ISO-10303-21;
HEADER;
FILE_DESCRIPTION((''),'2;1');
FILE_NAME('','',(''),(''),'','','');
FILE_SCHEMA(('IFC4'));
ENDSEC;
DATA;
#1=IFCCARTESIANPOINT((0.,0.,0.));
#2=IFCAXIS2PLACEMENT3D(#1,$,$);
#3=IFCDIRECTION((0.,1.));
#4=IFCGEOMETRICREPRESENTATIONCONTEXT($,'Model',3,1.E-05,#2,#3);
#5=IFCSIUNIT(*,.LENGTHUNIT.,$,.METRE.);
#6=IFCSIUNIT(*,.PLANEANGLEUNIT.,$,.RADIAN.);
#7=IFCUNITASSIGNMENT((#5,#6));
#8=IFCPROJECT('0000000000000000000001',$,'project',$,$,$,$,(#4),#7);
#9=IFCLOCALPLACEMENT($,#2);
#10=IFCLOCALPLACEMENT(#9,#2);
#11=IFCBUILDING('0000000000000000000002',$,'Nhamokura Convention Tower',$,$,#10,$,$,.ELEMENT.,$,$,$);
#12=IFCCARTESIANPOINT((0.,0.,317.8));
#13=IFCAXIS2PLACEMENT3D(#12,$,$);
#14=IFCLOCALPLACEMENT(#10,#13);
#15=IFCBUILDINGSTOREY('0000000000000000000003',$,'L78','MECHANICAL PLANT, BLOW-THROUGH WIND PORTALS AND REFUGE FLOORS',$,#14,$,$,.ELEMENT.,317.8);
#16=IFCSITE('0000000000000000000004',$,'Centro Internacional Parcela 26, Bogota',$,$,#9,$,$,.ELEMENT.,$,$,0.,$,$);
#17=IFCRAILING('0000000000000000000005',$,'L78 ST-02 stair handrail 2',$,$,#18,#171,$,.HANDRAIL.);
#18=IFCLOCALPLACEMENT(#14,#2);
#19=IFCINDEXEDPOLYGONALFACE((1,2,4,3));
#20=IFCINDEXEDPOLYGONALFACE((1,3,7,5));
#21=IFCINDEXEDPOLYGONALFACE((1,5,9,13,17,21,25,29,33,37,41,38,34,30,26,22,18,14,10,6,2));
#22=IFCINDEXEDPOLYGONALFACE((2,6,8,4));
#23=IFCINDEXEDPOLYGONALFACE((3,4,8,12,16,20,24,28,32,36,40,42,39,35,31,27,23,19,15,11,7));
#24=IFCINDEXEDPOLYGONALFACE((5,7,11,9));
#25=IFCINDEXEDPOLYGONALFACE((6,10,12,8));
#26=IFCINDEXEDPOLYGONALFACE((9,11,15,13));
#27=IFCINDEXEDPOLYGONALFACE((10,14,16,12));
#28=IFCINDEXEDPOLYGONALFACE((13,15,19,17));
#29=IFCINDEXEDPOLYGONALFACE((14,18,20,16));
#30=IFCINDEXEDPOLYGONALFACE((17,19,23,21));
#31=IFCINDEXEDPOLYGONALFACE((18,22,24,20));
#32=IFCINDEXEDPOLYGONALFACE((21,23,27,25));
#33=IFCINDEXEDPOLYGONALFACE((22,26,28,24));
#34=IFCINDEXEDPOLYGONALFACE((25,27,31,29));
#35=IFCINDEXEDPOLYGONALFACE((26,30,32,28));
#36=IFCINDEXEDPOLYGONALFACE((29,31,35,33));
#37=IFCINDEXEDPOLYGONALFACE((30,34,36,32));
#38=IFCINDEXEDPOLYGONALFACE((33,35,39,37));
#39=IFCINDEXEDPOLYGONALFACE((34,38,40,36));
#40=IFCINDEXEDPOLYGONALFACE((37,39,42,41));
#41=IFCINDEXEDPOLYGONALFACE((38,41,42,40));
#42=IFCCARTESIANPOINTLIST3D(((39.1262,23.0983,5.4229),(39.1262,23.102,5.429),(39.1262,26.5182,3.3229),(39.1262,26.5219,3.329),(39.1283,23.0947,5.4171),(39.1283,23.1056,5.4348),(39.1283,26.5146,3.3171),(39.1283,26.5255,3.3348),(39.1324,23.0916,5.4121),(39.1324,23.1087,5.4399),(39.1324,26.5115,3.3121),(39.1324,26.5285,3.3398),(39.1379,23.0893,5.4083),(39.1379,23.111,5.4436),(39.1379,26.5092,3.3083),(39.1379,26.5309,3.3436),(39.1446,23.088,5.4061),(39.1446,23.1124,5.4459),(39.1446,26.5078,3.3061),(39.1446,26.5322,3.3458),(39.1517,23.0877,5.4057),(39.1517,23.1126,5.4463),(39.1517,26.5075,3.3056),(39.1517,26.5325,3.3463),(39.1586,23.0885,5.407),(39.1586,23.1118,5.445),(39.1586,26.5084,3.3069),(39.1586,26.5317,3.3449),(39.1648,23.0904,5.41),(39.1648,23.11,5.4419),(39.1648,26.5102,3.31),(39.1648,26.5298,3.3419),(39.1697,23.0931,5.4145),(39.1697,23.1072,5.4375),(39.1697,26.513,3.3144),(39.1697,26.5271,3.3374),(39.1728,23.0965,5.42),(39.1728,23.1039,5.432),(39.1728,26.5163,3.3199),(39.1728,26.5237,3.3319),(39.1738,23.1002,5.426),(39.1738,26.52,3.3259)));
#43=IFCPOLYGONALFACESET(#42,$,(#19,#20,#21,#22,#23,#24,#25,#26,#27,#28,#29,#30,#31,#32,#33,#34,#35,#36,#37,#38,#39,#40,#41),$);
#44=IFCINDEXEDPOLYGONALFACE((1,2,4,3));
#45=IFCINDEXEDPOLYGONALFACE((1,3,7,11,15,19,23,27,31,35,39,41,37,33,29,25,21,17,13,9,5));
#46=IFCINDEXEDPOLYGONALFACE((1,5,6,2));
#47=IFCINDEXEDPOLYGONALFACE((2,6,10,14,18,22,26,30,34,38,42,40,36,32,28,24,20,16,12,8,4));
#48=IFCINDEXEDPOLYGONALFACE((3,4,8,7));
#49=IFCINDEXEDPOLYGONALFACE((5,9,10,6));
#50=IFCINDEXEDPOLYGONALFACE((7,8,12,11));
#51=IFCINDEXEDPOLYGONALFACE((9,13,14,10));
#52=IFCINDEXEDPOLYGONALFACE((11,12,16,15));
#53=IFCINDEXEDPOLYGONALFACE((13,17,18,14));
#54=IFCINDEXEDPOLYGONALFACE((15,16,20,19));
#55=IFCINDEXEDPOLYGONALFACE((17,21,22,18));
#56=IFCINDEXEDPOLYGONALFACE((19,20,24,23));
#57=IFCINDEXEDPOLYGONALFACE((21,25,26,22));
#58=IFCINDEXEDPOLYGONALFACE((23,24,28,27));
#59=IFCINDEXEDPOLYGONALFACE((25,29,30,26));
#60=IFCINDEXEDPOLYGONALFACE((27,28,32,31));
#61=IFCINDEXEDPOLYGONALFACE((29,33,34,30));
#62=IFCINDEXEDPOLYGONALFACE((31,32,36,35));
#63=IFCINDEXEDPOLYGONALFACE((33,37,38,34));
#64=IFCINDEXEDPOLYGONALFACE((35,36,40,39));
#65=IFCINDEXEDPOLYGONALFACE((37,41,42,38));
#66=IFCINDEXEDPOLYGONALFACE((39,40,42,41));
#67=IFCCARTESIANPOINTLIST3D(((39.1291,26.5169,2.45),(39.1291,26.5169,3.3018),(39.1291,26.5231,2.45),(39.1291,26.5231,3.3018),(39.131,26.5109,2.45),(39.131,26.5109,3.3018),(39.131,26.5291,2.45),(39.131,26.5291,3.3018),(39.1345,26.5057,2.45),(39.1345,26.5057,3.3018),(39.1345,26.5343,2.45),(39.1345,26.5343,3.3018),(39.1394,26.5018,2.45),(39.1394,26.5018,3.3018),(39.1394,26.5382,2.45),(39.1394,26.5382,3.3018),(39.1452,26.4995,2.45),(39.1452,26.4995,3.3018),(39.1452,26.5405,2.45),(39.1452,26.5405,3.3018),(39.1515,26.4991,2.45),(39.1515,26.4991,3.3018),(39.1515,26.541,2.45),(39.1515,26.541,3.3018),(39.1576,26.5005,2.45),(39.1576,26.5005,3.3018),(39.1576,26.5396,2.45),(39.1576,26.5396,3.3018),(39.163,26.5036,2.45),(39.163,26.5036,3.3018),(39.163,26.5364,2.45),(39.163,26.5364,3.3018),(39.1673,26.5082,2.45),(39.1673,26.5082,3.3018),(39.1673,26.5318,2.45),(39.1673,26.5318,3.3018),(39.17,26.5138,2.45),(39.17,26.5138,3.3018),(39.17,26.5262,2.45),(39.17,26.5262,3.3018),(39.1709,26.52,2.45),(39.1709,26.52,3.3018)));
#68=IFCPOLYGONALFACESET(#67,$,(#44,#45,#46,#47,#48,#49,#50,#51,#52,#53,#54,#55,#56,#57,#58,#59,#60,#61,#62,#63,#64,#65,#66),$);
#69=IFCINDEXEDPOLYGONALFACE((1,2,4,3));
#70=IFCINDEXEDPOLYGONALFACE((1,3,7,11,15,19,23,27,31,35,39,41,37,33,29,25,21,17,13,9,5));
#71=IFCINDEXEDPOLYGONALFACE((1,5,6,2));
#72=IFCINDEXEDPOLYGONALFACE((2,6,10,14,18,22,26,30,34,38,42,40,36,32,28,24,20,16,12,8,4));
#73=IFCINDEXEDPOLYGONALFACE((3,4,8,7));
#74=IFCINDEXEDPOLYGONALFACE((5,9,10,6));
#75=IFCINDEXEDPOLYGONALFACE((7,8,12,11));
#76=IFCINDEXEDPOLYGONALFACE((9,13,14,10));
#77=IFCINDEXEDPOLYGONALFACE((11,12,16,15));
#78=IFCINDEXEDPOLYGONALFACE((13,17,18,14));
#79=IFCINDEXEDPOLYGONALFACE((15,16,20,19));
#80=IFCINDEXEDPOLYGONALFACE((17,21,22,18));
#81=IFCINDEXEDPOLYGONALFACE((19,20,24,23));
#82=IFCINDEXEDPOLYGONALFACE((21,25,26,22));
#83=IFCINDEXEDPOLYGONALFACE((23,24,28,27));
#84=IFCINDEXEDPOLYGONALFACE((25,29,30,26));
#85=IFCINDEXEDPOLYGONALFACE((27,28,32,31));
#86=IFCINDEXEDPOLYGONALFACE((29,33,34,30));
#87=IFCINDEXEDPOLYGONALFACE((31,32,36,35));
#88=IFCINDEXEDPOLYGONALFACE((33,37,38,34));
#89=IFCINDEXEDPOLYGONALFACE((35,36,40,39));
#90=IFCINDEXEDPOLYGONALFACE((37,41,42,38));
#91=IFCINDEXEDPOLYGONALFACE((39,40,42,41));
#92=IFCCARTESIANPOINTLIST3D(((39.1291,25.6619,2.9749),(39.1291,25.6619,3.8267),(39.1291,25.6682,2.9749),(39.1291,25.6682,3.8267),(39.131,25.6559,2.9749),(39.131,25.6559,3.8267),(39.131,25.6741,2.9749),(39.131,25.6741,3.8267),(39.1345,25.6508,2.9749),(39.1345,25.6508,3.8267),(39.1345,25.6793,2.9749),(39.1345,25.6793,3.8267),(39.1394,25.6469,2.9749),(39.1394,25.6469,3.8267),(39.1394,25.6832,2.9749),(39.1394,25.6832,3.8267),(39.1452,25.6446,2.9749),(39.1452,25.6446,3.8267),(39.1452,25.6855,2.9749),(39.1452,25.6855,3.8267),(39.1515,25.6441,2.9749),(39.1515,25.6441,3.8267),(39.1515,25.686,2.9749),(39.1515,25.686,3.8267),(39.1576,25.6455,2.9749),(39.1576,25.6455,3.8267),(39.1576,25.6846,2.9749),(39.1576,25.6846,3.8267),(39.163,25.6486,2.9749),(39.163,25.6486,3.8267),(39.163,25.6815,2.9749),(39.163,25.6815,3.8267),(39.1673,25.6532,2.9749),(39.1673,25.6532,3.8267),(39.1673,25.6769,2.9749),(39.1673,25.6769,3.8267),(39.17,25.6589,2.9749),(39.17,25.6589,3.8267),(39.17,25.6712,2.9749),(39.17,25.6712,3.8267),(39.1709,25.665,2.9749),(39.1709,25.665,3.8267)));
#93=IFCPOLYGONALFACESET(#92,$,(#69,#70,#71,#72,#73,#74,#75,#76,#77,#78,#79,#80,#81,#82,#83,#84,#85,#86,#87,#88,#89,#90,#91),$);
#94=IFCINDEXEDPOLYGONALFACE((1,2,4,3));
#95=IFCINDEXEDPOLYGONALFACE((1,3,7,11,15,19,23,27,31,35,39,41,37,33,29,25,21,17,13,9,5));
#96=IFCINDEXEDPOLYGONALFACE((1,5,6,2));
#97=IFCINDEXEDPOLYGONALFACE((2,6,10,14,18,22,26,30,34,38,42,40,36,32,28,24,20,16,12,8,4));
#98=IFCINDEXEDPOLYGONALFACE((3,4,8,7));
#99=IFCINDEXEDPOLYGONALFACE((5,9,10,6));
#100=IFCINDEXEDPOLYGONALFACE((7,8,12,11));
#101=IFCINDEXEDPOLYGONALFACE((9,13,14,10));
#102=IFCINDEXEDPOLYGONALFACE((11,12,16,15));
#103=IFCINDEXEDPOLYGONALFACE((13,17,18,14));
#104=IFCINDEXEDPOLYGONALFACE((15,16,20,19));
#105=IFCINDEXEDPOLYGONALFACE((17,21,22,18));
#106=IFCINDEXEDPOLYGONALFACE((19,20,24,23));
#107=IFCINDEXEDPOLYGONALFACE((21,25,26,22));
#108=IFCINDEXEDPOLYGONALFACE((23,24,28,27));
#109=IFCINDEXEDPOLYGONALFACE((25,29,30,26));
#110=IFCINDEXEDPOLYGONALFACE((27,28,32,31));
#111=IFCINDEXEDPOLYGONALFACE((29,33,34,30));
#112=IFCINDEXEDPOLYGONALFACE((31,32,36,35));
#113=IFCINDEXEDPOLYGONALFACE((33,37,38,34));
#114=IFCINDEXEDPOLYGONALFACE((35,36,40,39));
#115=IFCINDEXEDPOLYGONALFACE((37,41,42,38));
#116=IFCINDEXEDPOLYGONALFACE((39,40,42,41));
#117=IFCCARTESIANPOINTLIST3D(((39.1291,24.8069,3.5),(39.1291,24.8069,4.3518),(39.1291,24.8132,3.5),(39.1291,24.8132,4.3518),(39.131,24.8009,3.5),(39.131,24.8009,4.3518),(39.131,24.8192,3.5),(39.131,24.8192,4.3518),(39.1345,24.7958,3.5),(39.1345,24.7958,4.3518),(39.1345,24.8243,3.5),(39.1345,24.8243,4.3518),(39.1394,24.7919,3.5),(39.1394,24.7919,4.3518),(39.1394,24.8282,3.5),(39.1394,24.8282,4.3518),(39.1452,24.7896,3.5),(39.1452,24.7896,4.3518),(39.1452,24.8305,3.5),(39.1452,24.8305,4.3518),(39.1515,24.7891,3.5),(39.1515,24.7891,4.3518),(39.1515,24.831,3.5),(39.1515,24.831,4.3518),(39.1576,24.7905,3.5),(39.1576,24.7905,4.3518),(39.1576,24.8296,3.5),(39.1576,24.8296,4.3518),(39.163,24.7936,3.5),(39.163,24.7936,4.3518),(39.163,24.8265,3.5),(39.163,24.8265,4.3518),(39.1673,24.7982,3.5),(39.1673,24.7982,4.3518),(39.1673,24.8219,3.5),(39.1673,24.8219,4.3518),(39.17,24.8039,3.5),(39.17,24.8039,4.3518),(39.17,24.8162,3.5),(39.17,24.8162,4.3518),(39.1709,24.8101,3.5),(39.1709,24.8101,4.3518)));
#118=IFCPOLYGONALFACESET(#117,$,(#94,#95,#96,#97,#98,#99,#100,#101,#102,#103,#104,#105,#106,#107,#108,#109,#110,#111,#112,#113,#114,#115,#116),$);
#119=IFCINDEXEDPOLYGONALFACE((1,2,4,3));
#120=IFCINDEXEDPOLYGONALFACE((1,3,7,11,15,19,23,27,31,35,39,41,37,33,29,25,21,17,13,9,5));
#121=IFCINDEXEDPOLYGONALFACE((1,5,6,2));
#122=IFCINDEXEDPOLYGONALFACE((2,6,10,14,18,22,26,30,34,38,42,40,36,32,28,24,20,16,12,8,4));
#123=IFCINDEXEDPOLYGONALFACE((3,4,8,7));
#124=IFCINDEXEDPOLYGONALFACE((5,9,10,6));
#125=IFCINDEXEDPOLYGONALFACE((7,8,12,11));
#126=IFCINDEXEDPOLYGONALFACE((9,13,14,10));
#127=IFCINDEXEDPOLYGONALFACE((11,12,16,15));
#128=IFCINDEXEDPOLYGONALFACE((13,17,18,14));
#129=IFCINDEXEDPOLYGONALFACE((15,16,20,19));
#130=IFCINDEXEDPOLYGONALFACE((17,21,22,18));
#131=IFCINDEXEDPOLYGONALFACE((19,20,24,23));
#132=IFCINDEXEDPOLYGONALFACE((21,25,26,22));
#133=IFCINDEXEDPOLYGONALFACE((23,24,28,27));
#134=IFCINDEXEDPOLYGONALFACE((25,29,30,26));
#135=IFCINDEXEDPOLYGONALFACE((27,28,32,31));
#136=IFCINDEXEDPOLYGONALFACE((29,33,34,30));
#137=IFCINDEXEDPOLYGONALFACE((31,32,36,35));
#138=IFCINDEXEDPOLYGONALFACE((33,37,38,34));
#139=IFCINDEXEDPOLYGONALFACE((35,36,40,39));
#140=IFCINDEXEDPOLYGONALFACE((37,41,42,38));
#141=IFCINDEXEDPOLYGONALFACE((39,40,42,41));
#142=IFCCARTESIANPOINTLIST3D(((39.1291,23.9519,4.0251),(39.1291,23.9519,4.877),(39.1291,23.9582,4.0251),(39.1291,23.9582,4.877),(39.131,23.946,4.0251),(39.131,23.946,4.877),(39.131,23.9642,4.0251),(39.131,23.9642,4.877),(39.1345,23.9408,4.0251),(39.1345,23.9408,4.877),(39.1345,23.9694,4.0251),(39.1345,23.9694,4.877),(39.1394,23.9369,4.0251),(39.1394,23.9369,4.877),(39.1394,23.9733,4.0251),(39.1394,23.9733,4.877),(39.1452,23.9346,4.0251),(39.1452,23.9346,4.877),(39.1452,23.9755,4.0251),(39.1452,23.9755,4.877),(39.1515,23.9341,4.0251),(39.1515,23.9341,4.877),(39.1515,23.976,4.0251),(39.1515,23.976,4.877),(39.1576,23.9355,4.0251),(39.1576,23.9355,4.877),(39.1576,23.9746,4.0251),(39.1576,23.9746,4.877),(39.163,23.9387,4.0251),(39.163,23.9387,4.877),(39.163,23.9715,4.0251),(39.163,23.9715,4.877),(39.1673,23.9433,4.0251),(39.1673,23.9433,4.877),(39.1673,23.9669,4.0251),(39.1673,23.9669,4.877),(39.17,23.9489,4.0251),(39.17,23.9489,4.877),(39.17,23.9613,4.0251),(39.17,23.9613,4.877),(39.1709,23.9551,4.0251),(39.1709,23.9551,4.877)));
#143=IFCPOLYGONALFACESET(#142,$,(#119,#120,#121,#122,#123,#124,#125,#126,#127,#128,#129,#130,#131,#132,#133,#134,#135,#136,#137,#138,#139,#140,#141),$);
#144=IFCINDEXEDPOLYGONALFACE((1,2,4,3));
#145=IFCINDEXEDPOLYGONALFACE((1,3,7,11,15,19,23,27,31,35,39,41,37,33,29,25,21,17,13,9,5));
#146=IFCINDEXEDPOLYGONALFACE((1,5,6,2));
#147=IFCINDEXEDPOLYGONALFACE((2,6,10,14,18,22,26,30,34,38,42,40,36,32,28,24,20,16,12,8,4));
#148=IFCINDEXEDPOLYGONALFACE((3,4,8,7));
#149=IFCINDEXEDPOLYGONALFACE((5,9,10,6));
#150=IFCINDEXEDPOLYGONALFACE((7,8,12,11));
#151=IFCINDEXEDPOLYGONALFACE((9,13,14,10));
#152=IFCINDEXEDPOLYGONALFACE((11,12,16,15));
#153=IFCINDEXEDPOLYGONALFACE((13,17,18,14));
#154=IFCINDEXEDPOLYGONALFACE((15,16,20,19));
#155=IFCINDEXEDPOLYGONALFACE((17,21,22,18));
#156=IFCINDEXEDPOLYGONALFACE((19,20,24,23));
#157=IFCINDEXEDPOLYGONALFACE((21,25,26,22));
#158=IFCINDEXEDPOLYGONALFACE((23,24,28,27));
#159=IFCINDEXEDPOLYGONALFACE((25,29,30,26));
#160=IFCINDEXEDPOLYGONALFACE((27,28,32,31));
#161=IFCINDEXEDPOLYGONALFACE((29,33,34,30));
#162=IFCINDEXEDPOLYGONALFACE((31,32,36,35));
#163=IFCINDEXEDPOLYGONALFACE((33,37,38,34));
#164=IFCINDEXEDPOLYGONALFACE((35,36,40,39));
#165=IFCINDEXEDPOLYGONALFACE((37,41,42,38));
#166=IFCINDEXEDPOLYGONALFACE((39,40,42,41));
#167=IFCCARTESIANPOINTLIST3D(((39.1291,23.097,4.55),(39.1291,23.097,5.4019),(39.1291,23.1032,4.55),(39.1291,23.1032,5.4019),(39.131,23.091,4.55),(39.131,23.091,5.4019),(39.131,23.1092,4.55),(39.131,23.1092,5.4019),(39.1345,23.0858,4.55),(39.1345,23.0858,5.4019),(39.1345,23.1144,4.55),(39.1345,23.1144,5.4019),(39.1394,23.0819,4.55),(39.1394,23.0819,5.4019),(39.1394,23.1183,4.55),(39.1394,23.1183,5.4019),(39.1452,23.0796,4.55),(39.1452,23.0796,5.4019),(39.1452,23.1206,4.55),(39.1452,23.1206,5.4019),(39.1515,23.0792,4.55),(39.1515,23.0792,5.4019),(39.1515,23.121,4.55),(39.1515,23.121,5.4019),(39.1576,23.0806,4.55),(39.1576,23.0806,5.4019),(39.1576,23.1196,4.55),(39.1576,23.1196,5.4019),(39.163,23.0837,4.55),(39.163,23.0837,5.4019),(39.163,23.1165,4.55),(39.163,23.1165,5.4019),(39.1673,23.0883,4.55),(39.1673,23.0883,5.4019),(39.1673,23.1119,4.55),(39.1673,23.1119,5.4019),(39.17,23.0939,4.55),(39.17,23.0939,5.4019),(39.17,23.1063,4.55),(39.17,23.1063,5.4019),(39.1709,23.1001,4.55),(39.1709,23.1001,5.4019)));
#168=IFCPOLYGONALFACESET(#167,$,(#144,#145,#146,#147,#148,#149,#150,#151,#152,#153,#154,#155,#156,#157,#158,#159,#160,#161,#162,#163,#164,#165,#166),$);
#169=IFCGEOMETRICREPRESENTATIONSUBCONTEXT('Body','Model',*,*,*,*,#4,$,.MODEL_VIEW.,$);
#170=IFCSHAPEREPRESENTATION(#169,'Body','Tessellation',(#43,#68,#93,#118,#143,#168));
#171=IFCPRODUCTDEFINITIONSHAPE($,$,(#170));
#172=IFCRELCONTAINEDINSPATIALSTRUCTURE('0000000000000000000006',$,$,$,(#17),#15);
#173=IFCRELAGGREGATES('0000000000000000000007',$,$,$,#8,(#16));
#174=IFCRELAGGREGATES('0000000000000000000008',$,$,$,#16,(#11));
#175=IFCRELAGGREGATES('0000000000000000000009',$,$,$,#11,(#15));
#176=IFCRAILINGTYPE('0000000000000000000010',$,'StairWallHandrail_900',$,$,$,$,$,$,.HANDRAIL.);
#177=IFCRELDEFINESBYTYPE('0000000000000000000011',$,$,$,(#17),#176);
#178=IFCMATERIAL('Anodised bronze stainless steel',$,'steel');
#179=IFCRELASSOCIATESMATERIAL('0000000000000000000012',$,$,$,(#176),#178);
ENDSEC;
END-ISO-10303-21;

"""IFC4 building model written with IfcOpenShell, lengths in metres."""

from ifc_helpers import new_model, si_unit, direction, frame, origin, origin_2d, place, context, subcontext, project, spatial, circle, extrude, material, type_object, element, save


model = new_model("IFC4")

# Units and contexts
model_context = context("Model", 3, precision=1e-05, world=origin(), true_north=direction((0.0, 1.0)))
body_context = subcontext(model_context, "Body", "Model", "MODEL_VIEW")
ifc_project = project(units=[si_unit("LENGTHUNIT", "METRE"), si_unit("PLANEANGLEUNIT", "RADIAN")], contexts=[model_context])

# Site, building, storey
site_placement = place(None, origin())
site = spatial("IfcSite", under=ifc_project, at=site_placement, Name="Centro Internacional Parcela 26, Bogota", CompositionType="ELEMENT", RefElevation=0.0)
building_placement = place(site_placement, origin())
building = spatial("IfcBuilding", under=site, at=building_placement, Name="Nhamokura Convention Tower", CompositionType="ELEMENT")
storey_placement = place(building_placement, frame((0.0, 0.0, 317.8)))
storey = spatial("IfcBuildingStorey", under=building, at=storey_placement, Name="L78", Description="MECHANICAL PLANT, BLOW-THROUGH WIND PORTALS AND REFUGE FLOORS", CompositionType="ELEMENT", Elevation=317.8)

# Railing
ifc_material_1 = material(Name="Anodised bronze stainless steel", Category="steel")
railing_type_1 = type_object("IfcRailingType", Name="StairWallHandrail_900", PredefinedType="HANDRAIL", material=ifc_material_1)
railing_1_placement = place(storey_placement, frame((39.1499, 26.52, 2.45)))
element("IfcRailing", 1, at=railing_1_placement, inside=storey, type_object=railing_type_1, Name="L78 ST-02 stair handrail 2", PredefinedType="HANDRAIL", context=body_context, shape_type="SweptSolid", body=[
    extrude(circle(Radius=0.0239, at=origin_2d()), frame((0.0, 0.0, 0.876), z_axis=(0.0, -0.852155, 0.523289), x_axis=(1.0, 0.0, 0.0)), (0.0, 0.0, 1.0), 4.0132),
    extrude(circle(Radius=0.021, at=origin_2d()), origin(), (0.0, 0.0, 1.0), 0.8518),
    extrude(circle(Radius=0.021, at=origin_2d()), frame((0.0, -0.855, 0.5249)), (0.0, 0.0, 1.0), 0.8518),
    extrude(circle(Radius=0.021, at=origin_2d()), frame((0.0, -1.71, 1.05)), (0.0, 0.0, 1.0), 0.8518),
    extrude(circle(Radius=0.021, at=origin_2d()), frame((0.0, -2.5649, 1.5752)), (0.0, 0.0, 1.0), 0.8518),
    extrude(circle(Radius=0.021, at=origin_2d()), frame((0.0, -3.4199, 2.1001)), (0.0, 0.0, 1.0), 0.8518),
])

save(model, "model.ifc")
